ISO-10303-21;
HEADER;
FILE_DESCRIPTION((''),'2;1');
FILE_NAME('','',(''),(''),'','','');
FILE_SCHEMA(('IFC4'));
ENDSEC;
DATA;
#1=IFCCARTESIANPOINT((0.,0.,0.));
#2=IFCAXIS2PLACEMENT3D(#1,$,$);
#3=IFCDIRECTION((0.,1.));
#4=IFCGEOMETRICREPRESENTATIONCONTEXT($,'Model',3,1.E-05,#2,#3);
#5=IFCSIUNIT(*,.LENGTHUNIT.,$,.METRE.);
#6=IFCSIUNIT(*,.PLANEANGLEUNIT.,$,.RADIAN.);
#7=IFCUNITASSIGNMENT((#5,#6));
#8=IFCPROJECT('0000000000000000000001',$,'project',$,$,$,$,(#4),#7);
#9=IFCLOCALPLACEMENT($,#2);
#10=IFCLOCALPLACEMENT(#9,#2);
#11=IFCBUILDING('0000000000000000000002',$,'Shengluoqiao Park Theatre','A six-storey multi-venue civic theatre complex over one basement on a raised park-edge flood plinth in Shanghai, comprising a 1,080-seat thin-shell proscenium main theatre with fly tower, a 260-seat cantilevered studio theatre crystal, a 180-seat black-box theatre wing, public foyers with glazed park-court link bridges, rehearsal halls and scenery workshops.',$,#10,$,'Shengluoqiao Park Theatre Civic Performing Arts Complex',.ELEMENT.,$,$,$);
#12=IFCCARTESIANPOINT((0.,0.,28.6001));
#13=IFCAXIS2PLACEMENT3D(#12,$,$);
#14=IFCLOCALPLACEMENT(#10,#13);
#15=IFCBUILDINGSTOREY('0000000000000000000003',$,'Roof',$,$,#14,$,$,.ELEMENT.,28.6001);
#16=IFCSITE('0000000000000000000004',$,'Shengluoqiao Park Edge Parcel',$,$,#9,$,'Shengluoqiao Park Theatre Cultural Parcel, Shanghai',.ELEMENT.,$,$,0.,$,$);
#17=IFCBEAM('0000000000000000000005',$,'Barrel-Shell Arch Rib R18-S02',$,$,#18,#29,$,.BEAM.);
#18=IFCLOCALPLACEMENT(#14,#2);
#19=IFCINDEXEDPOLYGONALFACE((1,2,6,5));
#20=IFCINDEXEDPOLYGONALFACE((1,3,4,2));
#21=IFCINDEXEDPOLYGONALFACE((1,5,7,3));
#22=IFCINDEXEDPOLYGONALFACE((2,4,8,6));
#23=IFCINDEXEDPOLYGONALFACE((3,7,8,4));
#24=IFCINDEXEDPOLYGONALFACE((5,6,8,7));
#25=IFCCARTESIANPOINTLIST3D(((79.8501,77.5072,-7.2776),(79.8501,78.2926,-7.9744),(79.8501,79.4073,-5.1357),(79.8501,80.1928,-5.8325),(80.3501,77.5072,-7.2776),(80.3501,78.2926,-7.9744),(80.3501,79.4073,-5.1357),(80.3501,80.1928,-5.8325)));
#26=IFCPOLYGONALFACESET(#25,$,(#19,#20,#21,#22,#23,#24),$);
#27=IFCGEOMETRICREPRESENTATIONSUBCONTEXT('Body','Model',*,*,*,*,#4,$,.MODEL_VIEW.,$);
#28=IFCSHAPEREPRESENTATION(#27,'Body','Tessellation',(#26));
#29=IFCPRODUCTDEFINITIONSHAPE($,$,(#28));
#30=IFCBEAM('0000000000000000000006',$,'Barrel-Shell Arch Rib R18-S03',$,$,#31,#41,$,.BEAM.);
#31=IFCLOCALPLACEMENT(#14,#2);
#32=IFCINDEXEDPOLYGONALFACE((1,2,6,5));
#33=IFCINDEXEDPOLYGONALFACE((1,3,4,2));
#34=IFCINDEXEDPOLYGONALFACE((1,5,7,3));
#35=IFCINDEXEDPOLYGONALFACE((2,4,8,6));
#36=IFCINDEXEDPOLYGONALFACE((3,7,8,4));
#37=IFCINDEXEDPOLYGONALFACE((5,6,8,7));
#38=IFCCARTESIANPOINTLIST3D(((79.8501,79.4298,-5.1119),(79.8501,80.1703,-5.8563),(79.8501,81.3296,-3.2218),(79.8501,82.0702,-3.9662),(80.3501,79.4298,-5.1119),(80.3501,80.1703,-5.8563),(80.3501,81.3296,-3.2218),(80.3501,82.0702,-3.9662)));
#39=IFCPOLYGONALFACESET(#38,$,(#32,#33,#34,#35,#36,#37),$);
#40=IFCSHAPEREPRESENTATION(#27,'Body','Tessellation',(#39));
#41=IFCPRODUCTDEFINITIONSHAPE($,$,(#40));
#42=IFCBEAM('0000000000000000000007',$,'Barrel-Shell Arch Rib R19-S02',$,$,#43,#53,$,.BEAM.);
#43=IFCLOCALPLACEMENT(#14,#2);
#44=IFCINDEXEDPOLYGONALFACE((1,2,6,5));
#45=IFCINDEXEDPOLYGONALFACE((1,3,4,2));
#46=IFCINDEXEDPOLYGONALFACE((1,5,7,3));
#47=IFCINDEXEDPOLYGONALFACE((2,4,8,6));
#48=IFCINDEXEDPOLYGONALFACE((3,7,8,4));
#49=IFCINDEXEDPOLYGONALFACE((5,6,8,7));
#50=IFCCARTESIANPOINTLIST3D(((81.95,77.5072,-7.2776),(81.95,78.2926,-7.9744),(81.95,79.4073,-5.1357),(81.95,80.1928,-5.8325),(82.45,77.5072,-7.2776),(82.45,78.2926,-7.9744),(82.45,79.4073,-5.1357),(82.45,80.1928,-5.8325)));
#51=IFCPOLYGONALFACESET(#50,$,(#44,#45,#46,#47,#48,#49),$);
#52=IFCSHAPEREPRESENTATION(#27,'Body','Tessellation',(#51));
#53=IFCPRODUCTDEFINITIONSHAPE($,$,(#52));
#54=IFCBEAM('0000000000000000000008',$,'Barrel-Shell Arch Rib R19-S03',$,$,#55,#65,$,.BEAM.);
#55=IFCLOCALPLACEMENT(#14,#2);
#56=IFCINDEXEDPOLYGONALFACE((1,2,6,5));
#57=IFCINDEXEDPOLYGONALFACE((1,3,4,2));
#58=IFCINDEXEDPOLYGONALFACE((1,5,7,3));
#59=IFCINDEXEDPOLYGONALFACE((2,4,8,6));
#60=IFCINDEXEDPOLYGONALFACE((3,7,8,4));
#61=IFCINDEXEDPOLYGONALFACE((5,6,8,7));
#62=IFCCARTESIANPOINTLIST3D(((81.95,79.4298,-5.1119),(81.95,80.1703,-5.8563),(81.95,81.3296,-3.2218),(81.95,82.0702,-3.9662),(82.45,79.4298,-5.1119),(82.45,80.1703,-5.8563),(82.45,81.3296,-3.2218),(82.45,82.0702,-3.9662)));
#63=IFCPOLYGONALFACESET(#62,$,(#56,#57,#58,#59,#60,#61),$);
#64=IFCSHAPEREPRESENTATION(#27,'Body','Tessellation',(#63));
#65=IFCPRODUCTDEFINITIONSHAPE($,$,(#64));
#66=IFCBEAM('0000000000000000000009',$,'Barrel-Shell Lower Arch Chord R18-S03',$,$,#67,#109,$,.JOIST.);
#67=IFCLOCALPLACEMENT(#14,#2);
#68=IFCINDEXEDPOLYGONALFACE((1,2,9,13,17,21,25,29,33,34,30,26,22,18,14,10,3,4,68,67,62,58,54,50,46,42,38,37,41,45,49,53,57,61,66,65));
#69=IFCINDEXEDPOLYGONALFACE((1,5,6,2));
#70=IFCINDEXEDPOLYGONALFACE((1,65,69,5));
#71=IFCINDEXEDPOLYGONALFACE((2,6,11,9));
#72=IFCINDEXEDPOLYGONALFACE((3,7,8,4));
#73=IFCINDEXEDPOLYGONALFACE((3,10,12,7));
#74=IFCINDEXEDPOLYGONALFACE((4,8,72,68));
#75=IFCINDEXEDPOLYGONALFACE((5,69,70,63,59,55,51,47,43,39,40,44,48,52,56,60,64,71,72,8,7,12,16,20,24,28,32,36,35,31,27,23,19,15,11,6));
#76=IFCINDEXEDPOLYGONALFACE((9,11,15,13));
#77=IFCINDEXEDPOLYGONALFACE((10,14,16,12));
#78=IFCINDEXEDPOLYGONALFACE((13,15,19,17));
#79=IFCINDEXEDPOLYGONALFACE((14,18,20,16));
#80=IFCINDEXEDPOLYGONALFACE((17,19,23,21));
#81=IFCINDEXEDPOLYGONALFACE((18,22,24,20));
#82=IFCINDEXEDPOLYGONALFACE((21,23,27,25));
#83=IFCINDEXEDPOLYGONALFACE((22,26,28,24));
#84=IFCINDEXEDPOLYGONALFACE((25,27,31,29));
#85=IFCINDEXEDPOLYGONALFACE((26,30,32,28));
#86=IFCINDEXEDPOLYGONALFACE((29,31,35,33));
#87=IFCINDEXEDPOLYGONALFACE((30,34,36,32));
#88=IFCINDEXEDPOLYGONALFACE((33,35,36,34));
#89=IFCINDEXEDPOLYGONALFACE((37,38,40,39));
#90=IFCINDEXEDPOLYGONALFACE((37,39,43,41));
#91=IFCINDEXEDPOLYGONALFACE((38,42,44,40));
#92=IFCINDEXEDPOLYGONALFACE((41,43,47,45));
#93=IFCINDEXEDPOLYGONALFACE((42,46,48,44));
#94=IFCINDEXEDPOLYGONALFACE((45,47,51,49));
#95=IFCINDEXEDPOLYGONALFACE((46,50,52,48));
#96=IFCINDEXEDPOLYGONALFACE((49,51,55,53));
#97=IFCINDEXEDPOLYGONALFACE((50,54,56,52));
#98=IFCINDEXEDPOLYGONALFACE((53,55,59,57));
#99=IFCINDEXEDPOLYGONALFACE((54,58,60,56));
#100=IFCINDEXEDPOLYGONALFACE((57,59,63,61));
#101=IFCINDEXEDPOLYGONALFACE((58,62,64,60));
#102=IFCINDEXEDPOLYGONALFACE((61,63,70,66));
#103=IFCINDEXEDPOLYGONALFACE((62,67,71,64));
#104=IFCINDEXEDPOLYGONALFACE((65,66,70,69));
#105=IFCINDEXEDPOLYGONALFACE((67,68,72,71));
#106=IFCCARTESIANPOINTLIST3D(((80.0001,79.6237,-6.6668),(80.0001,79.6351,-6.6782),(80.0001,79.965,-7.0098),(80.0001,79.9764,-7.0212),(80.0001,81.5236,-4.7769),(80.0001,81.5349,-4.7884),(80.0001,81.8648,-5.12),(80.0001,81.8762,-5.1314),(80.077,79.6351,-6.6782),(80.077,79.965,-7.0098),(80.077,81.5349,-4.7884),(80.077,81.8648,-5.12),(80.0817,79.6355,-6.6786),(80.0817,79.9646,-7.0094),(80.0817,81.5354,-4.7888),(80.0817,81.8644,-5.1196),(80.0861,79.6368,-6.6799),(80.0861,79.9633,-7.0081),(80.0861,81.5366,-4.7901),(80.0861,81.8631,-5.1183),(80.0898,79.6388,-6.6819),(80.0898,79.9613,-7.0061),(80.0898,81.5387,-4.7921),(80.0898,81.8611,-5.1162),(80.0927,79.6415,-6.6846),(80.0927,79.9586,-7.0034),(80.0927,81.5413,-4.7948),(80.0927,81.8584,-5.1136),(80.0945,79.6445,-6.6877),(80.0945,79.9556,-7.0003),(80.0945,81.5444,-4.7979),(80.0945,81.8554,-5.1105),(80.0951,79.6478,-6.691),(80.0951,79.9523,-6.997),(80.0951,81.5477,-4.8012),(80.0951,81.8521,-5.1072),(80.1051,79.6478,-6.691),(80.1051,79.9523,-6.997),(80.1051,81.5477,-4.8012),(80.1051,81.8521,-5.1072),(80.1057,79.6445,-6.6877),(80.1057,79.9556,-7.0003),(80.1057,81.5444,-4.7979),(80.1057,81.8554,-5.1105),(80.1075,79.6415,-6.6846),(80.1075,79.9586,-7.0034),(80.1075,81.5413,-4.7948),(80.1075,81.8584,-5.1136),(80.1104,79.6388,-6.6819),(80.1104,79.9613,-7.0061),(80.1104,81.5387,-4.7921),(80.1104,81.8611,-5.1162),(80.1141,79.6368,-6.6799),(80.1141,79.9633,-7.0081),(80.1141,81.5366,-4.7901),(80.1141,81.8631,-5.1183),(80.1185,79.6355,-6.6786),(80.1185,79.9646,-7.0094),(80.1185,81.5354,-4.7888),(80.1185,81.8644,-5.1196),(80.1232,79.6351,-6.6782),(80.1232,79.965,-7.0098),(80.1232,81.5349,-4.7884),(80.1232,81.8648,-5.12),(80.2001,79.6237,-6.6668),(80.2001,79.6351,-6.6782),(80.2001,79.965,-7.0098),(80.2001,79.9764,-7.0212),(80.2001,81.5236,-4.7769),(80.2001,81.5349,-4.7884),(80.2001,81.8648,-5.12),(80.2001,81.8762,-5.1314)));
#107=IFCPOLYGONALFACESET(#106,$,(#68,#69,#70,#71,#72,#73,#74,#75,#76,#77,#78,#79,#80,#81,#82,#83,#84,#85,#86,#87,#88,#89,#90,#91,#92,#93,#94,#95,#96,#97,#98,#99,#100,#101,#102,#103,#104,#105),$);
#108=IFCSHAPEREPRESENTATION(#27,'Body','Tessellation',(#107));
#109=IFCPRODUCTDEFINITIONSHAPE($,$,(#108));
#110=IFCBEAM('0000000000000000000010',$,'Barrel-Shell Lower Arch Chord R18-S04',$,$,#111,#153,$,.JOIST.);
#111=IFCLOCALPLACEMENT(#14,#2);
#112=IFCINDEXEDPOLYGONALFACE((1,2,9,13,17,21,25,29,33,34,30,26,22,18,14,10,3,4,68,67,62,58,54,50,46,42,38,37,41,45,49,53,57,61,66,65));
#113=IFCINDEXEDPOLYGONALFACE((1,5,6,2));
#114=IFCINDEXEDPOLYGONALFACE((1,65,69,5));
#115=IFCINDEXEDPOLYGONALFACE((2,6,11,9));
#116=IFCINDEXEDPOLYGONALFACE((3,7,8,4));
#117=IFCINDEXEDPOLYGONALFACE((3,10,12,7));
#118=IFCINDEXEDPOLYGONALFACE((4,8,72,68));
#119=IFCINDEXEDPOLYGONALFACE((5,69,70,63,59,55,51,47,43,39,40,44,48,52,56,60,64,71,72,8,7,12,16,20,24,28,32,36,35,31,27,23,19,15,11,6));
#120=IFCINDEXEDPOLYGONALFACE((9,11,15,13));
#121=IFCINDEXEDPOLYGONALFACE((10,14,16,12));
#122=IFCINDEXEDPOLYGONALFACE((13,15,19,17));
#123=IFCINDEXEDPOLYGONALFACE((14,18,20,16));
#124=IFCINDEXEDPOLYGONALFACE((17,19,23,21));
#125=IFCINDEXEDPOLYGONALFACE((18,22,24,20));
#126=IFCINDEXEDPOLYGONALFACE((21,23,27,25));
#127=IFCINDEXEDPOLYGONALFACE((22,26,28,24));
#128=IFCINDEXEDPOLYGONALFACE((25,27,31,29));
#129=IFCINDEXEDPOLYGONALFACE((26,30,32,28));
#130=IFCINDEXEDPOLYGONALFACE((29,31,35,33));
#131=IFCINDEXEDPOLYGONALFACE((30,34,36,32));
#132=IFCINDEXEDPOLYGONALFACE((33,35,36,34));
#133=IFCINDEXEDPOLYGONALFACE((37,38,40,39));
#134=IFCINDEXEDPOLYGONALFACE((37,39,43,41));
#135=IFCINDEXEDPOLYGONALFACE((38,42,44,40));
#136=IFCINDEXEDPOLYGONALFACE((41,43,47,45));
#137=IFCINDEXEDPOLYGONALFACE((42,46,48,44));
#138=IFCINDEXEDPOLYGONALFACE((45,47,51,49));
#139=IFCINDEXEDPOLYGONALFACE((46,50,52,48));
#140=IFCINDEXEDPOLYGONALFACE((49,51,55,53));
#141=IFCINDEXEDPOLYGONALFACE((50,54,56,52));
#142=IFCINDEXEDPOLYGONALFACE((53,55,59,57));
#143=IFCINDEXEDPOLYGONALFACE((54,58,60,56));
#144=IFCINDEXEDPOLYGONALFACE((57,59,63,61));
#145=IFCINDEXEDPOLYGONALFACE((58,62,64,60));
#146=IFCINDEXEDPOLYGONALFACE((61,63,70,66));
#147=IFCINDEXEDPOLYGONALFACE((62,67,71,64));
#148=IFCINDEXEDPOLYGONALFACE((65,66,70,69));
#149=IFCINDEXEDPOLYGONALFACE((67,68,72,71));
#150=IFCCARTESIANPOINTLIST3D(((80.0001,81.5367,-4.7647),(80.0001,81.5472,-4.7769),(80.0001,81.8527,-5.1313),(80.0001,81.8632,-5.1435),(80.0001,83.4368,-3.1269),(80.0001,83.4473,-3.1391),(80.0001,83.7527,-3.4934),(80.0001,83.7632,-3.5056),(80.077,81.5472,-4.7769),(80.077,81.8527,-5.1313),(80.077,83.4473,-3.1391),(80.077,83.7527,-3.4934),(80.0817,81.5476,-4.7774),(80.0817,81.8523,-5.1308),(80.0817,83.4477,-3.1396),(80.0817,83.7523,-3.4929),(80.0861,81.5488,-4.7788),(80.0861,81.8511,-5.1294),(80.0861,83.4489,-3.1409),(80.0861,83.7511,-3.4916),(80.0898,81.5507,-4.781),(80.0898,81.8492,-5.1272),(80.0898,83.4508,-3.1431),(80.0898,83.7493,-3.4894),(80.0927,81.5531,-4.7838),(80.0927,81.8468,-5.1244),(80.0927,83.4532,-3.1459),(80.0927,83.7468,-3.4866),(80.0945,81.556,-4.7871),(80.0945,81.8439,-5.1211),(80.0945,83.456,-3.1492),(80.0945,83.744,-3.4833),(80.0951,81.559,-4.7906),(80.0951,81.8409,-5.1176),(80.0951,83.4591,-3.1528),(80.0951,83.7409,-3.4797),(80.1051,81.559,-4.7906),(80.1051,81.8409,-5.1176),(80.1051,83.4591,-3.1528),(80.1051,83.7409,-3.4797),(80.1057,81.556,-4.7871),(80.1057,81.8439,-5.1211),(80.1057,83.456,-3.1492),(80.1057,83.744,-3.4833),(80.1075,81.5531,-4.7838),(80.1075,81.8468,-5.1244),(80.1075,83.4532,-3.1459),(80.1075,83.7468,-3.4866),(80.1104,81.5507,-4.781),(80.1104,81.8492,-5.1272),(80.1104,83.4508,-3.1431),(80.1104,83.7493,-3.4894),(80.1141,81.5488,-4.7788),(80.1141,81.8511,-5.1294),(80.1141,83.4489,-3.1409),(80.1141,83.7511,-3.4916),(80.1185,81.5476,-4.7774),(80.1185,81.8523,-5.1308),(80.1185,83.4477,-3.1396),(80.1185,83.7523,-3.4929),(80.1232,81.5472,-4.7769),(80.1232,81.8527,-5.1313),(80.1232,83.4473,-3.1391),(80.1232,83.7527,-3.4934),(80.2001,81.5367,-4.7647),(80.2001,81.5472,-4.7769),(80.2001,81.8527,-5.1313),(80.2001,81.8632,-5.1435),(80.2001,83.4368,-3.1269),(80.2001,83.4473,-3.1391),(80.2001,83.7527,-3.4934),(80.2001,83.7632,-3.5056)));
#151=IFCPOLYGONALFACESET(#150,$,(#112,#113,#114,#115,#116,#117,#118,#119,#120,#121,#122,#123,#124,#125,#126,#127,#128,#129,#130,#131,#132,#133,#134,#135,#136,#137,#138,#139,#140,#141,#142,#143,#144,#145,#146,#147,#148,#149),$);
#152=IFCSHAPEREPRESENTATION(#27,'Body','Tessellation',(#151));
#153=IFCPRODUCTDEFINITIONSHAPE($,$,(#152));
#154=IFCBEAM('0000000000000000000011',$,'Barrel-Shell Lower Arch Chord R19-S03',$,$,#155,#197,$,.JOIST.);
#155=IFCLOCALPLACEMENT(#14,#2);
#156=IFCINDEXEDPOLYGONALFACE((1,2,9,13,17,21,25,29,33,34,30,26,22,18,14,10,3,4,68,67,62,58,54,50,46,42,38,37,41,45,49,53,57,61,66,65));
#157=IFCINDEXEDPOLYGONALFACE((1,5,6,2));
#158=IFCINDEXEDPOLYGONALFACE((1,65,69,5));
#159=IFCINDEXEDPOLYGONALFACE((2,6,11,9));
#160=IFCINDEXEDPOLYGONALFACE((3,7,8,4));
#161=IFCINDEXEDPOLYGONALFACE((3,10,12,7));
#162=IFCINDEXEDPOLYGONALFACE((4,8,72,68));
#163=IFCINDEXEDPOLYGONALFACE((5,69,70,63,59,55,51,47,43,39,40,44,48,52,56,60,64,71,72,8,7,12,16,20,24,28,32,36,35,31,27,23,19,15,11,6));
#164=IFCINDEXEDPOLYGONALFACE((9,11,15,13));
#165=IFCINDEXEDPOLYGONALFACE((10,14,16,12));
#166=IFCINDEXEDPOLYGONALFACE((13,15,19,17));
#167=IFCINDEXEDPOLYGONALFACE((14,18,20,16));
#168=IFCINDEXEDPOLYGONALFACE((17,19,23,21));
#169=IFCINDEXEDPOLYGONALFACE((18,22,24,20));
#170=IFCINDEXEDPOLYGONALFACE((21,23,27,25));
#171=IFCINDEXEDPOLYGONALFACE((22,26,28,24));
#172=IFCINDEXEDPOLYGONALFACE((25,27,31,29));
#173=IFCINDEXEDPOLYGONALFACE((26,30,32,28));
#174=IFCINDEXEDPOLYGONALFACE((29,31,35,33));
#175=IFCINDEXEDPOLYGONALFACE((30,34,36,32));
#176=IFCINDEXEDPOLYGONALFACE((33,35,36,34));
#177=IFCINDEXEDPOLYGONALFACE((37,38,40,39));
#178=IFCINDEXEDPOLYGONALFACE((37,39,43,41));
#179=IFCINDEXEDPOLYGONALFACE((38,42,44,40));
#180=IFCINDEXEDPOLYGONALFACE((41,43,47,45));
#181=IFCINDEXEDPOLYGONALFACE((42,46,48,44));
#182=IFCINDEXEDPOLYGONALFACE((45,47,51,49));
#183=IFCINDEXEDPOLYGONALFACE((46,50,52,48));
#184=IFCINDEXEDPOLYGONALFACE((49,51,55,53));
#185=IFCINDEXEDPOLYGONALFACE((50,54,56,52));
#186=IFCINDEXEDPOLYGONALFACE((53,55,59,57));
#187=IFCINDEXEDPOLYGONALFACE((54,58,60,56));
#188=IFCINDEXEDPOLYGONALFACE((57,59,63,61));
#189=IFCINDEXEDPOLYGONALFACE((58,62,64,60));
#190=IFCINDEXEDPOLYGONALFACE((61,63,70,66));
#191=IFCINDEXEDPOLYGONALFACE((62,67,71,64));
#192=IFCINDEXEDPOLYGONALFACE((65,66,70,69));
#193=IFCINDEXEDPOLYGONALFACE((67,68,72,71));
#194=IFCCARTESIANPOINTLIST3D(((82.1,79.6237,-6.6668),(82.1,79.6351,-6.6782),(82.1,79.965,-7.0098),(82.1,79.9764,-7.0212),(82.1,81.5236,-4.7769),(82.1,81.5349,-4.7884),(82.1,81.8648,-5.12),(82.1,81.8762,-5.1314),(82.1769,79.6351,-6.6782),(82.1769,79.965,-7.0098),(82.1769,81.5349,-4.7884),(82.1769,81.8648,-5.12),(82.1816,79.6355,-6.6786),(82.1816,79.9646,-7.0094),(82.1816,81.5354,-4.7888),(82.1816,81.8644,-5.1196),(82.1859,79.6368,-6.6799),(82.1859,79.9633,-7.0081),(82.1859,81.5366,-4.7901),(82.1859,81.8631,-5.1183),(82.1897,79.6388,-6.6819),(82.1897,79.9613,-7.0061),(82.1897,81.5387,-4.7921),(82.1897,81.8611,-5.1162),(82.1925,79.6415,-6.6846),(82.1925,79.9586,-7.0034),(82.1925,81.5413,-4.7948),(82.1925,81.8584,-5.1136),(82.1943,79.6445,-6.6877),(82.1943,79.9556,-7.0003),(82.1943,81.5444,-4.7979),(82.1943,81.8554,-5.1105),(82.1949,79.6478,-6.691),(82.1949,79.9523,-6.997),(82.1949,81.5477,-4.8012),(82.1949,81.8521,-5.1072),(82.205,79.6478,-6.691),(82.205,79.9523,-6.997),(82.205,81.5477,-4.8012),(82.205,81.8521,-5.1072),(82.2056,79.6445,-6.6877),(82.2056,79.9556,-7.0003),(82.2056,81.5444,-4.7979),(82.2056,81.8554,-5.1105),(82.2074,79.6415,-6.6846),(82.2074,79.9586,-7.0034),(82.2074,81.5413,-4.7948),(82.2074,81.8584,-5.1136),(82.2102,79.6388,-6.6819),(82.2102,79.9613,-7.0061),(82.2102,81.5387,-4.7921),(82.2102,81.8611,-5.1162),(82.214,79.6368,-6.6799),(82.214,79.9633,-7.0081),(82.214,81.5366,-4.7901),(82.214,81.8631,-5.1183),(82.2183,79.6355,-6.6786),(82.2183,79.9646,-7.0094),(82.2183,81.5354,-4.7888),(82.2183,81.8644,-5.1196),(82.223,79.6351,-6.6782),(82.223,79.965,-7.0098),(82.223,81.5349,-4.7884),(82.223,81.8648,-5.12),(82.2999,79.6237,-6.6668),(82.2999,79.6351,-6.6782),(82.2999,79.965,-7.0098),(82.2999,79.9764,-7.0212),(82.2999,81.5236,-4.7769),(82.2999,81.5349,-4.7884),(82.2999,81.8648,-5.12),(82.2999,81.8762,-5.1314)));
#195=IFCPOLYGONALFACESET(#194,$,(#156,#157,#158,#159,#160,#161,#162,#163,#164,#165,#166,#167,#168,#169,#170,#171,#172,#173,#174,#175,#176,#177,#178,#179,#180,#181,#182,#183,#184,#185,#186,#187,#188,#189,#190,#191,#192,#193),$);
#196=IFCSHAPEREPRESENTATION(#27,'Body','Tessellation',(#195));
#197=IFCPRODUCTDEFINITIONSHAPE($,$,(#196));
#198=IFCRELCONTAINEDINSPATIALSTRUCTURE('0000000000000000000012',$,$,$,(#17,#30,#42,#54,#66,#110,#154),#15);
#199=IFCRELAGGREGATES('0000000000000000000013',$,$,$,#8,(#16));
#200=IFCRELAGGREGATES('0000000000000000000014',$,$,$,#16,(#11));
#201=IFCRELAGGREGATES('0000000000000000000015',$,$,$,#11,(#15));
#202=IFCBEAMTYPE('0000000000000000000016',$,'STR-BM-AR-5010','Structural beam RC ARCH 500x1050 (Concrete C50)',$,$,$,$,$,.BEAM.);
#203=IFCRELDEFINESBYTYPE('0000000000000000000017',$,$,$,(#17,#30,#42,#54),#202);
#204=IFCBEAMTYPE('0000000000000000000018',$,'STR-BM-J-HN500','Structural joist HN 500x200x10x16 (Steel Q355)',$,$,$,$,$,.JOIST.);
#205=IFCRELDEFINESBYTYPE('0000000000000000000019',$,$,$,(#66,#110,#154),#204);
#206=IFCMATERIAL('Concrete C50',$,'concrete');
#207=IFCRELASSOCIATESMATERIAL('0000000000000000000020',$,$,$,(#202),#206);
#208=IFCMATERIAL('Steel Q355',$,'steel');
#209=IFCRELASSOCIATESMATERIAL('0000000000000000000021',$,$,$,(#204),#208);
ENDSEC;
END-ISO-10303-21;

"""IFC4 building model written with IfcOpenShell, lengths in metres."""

from ifc_helpers import new_model, si_unit, direction, frame, origin, origin_2d, place, context, subcontext, project, spatial, rectangle, i_section, extrude, material, material_profile, profile_set, type_object, element, save


model = new_model("IFC4")

# Units and contexts
model_context = context("Model", 3, precision=1e-05, world=origin(), true_north=direction((0.0, 1.0)))
body_context = subcontext(model_context, "Body", "Model", "MODEL_VIEW")
ifc_project = project(units=[si_unit("LENGTHUNIT", "METRE"), si_unit("PLANEANGLEUNIT", "RADIAN")], contexts=[model_context])

# Site, building, storey
site_placement = place(None, origin())
site = spatial("IfcSite", under=ifc_project, at=site_placement, Name="Shengluoqiao Park Edge Parcel", LongName="Shengluoqiao Park Theatre Cultural Parcel, Shanghai", CompositionType="ELEMENT", RefElevation=0.0)
building_placement = place(site_placement, origin())
building = spatial("IfcBuilding", under=site, at=building_placement, Name="Shengluoqiao Park Theatre", Description="A six-storey multi-venue civic theatre complex over one basement on a raised park-edge flood plinth in Shanghai, comprising a 1,080-seat thin-shell proscenium main theatre with fly tower, a 260-seat cantilevered studio theatre crystal, a 180-seat black-box theatre wing, public foyers with glazed park-court link bridges, rehearsal halls and scenery workshops.", LongName="Shengluoqiao Park Theatre Civic Performing Arts Complex", CompositionType="ELEMENT")
storey_placement = place(building_placement, frame((0.0, 0.0, 28.6001)))
storey = spatial("IfcBuildingStorey", under=building, at=storey_placement, Name="Roof", CompositionType="ELEMENT", Elevation=28.6001)

# Beams
ifc_material_1 = material(Name="Concrete C50", Category="concrete")
ifc_material_profile_1 = material_profile(ifc_material_1, rectangle(XDim=0.5, YDim=1.05, at=origin_2d()), Name="RC ARCH 500x1050")
ifc_profile_set_1 = profile_set([ifc_material_profile_1], Name="Concrete C50")
beam_type_1 = type_object("IfcBeamType", Name="STR-BM-AR-5010", Description="Structural beam RC ARCH 500x1050 (Concrete C50)", PredefinedType="BEAM", material=ifc_profile_set_1)
beam_1_placement = place(storey_placement, frame((80.1001, 77.8999, -7.626), z_axis=(0.0, 0.663638, 0.748053), x_axis=(-1.0, 0.0, 0.0)))
element("IfcBeam", 1, at=beam_1_placement, inside=storey, type_object=beam_type_1, Name="Barrel-Shell Arch Rib R18-S02", PredefinedType="BEAM", context=body_context, shape_type="SweptSolid", body=[
    extrude(rectangle(XDim=0.5, YDim=1.05, at=origin_2d()), origin(), (0.0, 0.0, 1.0), 2.8633),
])
beam_2_placement = place(storey_placement, frame((80.1001, 79.8, -5.4841), z_axis=(0.0, 0.708926, 0.705282), x_axis=(-1.0, 0.0, 0.0)))
element("IfcBeam", 2, at=beam_2_placement, inside=storey, type_object=beam_type_1, Name="Barrel-Shell Arch Rib R18-S03", PredefinedType="BEAM", context=body_context, shape_type="SweptSolid", body=[
    extrude(rectangle(XDim=0.5, YDim=1.05, at=origin_2d()), origin(), (0.0, 0.0, 1.0), 2.6799),
])
beam_3_placement = place(storey_placement, frame((82.2, 77.8999, -7.626), z_axis=(0.0, 0.663638, 0.748053), x_axis=(-1.0, 0.0, 0.0)))
element("IfcBeam", 3, at=beam_3_placement, inside=storey, type_object=beam_type_1, Name="Barrel-Shell Arch Rib R19-S02", PredefinedType="BEAM", context=body_context, shape_type="SweptSolid", body=[
    extrude(rectangle(XDim=0.5, YDim=1.05, at=origin_2d()), origin(), (0.0, 0.0, 1.0), 2.8633),
])
beam_4_placement = place(storey_placement, frame((82.2, 79.8, -5.4841), z_axis=(0.0, 0.708926, 0.705282), x_axis=(-1.0, 0.0, 0.0)))
element("IfcBeam", 4, at=beam_4_placement, inside=storey, type_object=beam_type_1, Name="Barrel-Shell Arch Rib R19-S03", PredefinedType="BEAM", context=body_context, shape_type="SweptSolid", body=[
    extrude(rectangle(XDim=0.5, YDim=1.05, at=origin_2d()), origin(), (0.0, 0.0, 1.0), 2.6799),
])
ifc_material_2 = material(Name="Steel Q355", Category="steel")
ifc_material_profile_2 = material_profile(ifc_material_2, i_section(OverallWidth=0.2, OverallDepth=0.5, WebThickness=0.01, FlangeThickness=0.0161, FilletRadius=0.0181, at=origin_2d()), Name="HN 500x200x10x16")
ifc_profile_set_2 = profile_set([ifc_material_profile_2], Name="Steel Q355")
beam_type_2 = type_object("IfcBeamType", Name="STR-BM-J-HN500", Description="Structural joist HN 500x200x10x16 (Steel Q355)", PredefinedType="JOIST", material=ifc_profile_set_2)
beam_5_placement = place(storey_placement, frame((80.1001, 79.8, -6.844), z_axis=(0.0, 0.708972, 0.705237), x_axis=(-1.0, 0.0, 0.0)))
element("IfcBeam", 5, at=beam_5_placement, inside=storey, type_object=beam_type_2, Name="Barrel-Shell Lower Arch Chord R18-S03", PredefinedType="JOIST", context=body_context, shape_type="SweptSolid", body=[
    extrude(i_section(OverallWidth=0.2, OverallDepth=0.5, WebThickness=0.01, FlangeThickness=0.0161, FilletRadius=0.0181, at=origin_2d()), origin(), (0.0, 0.0, 1.0), 2.6797),
])
beam_6_placement = place(storey_placement, frame((80.1001, 81.7, -4.9541), z_axis=(0.0, 0.757433, 0.652913), x_axis=(-1.0, 0.0, 0.0)))
element("IfcBeam", 6, at=beam_6_placement, inside=storey, type_object=beam_type_2, Name="Barrel-Shell Lower Arch Chord R18-S04", PredefinedType="JOIST", context=body_context, shape_type="SweptSolid", body=[
    extrude(i_section(OverallWidth=0.2, OverallDepth=0.5, WebThickness=0.01, FlangeThickness=0.0161, FilletRadius=0.0181, at=origin_2d()), origin(), (0.0, 0.0, 1.0), 2.5085),
])
beam_7_placement = place(storey_placement, frame((82.2, 79.8, -6.844), z_axis=(0.0, 0.708972, 0.705237), x_axis=(-1.0, 0.0, 0.0)))
element("IfcBeam", 7, at=beam_7_placement, inside=storey, type_object=beam_type_2, Name="Barrel-Shell Lower Arch Chord R19-S03", PredefinedType="JOIST", context=body_context, shape_type="SweptSolid", body=[
    extrude(i_section(OverallWidth=0.2, OverallDepth=0.5, WebThickness=0.01, FlangeThickness=0.0161, FilletRadius=0.0181, at=origin_2d()), origin(), (0.0, 0.0, 1.0), 2.6797),
])

save(model, "model.ifc")
